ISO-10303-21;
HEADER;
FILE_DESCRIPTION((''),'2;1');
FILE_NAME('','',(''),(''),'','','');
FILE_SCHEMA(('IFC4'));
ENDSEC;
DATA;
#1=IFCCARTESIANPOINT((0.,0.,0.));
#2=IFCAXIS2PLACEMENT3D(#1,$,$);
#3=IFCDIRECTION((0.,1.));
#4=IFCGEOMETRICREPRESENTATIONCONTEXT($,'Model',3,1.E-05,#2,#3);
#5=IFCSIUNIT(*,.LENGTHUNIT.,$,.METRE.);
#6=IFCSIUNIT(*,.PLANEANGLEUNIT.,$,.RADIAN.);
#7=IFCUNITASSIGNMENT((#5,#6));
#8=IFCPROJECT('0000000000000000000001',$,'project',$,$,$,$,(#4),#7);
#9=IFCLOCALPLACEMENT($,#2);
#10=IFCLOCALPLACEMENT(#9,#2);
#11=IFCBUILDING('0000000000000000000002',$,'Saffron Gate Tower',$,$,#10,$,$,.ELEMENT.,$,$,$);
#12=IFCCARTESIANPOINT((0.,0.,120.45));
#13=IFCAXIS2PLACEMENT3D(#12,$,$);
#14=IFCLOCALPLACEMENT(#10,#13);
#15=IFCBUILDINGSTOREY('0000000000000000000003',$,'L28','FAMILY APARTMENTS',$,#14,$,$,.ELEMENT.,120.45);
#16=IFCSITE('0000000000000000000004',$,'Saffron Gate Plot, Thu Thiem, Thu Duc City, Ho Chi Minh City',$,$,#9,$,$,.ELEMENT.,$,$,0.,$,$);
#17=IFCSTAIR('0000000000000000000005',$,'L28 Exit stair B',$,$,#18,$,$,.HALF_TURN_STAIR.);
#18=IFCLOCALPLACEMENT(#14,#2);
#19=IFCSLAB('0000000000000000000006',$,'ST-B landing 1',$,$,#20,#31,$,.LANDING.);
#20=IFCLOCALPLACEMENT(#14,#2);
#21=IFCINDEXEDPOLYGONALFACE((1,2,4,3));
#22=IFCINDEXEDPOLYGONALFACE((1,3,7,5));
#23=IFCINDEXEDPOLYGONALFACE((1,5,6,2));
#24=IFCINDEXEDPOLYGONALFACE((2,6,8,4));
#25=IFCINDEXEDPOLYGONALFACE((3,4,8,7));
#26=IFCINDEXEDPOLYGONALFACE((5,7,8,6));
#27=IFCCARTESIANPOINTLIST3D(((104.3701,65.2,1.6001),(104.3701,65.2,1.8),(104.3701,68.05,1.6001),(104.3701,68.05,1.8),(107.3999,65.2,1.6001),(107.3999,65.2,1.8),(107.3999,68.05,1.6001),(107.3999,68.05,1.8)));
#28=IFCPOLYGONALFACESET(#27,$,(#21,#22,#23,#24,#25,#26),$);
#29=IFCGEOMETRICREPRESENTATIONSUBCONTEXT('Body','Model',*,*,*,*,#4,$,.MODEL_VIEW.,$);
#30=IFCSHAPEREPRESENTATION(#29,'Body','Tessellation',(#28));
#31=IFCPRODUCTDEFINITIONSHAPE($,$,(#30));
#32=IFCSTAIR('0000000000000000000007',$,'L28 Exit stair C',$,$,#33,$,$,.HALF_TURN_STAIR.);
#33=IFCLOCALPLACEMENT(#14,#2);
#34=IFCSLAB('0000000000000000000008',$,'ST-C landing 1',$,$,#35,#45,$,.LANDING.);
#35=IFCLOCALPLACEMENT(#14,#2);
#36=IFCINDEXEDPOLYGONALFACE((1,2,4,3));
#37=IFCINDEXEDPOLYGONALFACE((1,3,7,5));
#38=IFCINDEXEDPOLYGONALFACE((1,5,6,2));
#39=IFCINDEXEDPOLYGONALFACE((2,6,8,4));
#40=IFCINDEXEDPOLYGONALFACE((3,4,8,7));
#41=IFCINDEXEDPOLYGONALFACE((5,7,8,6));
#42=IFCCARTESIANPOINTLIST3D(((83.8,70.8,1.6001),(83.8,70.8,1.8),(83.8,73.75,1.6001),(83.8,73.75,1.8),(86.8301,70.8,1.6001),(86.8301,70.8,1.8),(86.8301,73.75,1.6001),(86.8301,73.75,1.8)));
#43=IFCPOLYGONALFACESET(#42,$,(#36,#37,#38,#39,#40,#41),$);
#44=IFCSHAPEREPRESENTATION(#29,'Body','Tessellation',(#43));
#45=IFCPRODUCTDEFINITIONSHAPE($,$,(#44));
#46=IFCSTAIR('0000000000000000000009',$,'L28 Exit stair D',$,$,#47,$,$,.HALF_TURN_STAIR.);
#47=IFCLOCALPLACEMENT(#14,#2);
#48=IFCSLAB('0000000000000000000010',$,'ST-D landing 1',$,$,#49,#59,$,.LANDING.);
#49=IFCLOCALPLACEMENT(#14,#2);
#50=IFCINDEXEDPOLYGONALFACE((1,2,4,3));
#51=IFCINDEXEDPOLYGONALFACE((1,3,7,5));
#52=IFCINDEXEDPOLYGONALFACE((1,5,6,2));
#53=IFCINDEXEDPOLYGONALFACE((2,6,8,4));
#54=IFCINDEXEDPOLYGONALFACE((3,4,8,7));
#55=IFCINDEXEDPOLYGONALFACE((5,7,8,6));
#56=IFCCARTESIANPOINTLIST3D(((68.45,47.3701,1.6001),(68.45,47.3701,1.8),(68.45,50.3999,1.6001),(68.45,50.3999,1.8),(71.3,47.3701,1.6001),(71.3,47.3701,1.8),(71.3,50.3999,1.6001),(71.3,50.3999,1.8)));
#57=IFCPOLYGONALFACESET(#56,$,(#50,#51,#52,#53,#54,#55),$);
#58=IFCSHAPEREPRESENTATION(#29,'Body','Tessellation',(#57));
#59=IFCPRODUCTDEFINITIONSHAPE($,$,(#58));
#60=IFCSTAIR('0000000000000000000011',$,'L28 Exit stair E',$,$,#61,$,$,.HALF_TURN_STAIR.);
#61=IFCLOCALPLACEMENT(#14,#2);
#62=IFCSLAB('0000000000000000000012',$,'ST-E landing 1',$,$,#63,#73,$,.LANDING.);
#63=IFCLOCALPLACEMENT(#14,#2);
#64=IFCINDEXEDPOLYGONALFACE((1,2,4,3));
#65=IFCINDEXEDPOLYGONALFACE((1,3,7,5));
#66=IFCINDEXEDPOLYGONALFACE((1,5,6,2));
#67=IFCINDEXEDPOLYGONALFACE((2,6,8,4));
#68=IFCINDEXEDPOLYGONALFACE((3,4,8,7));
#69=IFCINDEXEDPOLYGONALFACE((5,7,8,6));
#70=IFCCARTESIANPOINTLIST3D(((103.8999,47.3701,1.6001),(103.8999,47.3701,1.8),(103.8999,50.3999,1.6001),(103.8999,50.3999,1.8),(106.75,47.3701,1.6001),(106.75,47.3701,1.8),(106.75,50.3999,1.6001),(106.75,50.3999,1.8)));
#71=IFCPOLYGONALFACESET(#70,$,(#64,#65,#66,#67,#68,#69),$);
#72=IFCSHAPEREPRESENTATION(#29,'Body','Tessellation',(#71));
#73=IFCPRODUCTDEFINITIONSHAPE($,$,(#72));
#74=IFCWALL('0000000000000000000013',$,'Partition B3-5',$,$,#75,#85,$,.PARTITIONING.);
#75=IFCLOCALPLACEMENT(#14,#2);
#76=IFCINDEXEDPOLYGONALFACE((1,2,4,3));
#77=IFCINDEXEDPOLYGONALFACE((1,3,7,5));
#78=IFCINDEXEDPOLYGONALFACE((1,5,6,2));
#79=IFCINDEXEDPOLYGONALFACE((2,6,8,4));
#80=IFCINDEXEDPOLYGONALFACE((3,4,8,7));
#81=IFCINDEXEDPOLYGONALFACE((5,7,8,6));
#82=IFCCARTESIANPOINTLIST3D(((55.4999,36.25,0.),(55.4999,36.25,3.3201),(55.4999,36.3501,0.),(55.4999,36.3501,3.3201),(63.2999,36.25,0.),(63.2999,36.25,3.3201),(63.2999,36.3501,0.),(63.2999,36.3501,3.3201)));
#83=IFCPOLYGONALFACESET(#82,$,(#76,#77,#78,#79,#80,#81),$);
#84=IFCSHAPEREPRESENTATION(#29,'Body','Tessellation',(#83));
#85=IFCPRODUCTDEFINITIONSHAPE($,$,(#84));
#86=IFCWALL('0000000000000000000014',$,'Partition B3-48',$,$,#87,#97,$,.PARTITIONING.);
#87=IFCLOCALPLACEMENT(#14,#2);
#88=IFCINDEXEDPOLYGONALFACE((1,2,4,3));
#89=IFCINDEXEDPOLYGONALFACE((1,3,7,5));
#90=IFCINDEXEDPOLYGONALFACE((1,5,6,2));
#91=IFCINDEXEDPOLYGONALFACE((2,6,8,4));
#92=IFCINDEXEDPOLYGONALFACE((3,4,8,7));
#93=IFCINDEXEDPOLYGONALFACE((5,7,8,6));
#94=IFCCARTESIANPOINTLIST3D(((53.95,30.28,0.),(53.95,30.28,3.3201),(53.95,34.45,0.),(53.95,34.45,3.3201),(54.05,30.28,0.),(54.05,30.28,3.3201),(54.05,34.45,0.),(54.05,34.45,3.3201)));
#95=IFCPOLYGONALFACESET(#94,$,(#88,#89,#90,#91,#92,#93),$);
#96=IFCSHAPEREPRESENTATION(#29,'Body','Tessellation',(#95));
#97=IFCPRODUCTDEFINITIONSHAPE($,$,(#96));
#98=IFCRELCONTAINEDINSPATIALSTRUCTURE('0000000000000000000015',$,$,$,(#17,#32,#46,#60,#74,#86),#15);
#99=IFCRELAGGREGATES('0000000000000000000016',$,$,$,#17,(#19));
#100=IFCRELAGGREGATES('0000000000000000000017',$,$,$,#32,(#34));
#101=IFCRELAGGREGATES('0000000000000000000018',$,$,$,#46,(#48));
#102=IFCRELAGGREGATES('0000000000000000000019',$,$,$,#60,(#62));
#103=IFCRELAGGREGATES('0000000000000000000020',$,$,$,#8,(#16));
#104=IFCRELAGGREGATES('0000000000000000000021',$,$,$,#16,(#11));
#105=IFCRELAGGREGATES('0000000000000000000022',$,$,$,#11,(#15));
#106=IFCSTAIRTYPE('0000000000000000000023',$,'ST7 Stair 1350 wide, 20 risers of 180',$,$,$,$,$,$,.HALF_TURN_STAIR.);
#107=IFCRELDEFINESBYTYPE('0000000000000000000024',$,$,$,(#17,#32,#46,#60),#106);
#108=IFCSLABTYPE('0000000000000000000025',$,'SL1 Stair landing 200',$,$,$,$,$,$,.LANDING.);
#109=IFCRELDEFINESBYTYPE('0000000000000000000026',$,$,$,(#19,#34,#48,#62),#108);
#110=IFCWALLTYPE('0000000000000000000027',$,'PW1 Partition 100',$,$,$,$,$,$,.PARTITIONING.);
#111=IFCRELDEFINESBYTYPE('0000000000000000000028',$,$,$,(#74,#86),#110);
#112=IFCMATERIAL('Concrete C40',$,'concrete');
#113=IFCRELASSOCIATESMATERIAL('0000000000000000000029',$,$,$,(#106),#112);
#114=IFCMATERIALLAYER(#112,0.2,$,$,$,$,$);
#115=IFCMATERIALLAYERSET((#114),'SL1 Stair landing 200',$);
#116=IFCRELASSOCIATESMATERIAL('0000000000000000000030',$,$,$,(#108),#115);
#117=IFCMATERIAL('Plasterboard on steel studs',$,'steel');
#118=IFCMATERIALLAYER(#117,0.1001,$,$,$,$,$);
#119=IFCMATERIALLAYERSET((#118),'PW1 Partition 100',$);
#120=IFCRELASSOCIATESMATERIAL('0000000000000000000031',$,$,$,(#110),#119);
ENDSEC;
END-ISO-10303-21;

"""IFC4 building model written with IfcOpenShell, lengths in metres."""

from ifc_helpers import new_model, si_unit, direction, frame, frame_2d, origin, place, context, subcontext, project, spatial, polyline, rectangle, outline, extrude, material, layer, layer_set, type_object, element, aggregate, save


model = new_model("IFC4")

# Units and contexts
model_context = context("Model", 3, precision=1e-05, world=origin(), true_north=direction((0.0, 1.0)))
body_context = subcontext(model_context, "Body", "Model", "MODEL_VIEW")
ifc_project = project(units=[si_unit("LENGTHUNIT", "METRE"), si_unit("PLANEANGLEUNIT", "RADIAN")], contexts=[model_context])

# Site, building, storey
site_placement = place(None, origin())
site = spatial("IfcSite", under=ifc_project, at=site_placement, Name="Saffron Gate Plot, Thu Thiem, Thu Duc City, Ho Chi Minh City", CompositionType="ELEMENT", RefElevation=0.0)
building_placement = place(site_placement, origin())
building = spatial("IfcBuilding", under=site, at=building_placement, Name="Saffron Gate Tower", CompositionType="ELEMENT")
storey_placement = place(building_placement, frame((0.0, 0.0, 120.45)))
storey = spatial("IfcBuildingStorey", under=building, at=storey_placement, Name="L28", Description="FAMILY APARTMENTS", CompositionType="ELEMENT", Elevation=120.45)

# Stairs, slabs
ifc_material_1 = material(Name="Concrete C40", Category="concrete")
stair_type = type_object("IfcStairType", Name="ST7 Stair 1350 wide, 20 risers of 180", PredefinedType="HALF_TURN_STAIR", material=ifc_material_1)
stair_1_placement = place(storey_placement, origin())
stair_1 = element("IfcStair", 1, at=stair_1_placement, inside=storey, type_object=stair_type, Name="L28 Exit stair B", PredefinedType="HALF_TURN_STAIR")
ifc_layer_1 = layer(ifc_material_1, 0.2)
ifc_layer_set_1 = layer_set([ifc_layer_1], Name="SL1 Stair landing 200")
slab_type = type_object("IfcSlabType", Name="SL1 Stair landing 200", PredefinedType="LANDING", material=ifc_layer_set_1)
slab_1_placement = place(storey_placement, frame((0.0, 0.0, 1.6001)))
slab_1 = element("IfcSlab", 2, at=slab_1_placement, type_object=slab_type, Name="ST-B landing 1", PredefinedType="LANDING", context=body_context, shape_type="SweptSolid", body=[
    extrude(outline(polyline([(104.3701, 65.2), (107.3999, 65.2), (107.3999, 68.05), (104.3701, 68.05), (104.3701, 65.2)])), origin(), (0.0, 0.0, 1.0), 0.2),
])
aggregate(stair_1, [slab_1])
stair_2_placement = place(storey_placement, origin())
stair_2 = element("IfcStair", 3, at=stair_2_placement, inside=storey, type_object=stair_type, Name="L28 Exit stair C", PredefinedType="HALF_TURN_STAIR")
slab_2_placement = place(storey_placement, frame((0.0, 0.0, 1.6001)))
slab_2 = element("IfcSlab", 4, at=slab_2_placement, type_object=slab_type, Name="ST-C landing 1", PredefinedType="LANDING", context=body_context, shape_type="SweptSolid", body=[
    extrude(outline(polyline([(86.8301, 73.75), (83.8, 73.75), (83.8, 70.8), (86.8301, 70.8), (86.8301, 73.75)])), origin(), (0.0, 0.0, 1.0), 0.2),
])
aggregate(stair_2, [slab_2])
stair_3_placement = place(storey_placement, origin())
stair_3 = element("IfcStair", 5, at=stair_3_placement, inside=storey, type_object=stair_type, Name="L28 Exit stair D", PredefinedType="HALF_TURN_STAIR")
slab_3_placement = place(storey_placement, frame((0.0, 0.0, 1.6001)))
slab_3 = element("IfcSlab", 6, at=slab_3_placement, type_object=slab_type, Name="ST-D landing 1", PredefinedType="LANDING", context=body_context, shape_type="SweptSolid", body=[
    extrude(outline(polyline([(71.3, 47.3701), (71.3, 50.3999), (68.45, 50.3999), (68.45, 47.3701), (71.3, 47.3701)])), origin(), (0.0, 0.0, 1.0), 0.2),
])
aggregate(stair_3, [slab_3])
stair_4_placement = place(storey_placement, origin())
stair_4 = element("IfcStair", 7, at=stair_4_placement, inside=storey, type_object=stair_type, Name="L28 Exit stair E", PredefinedType="HALF_TURN_STAIR")
slab_4_placement = place(storey_placement, frame((0.0, 0.0, 1.6001)))
slab_4 = element("IfcSlab", 8, at=slab_4_placement, type_object=slab_type, Name="ST-E landing 1", PredefinedType="LANDING", context=body_context, shape_type="SweptSolid", body=[
    extrude(outline(polyline([(106.75, 47.3701), (106.75, 50.3999), (103.8999, 50.3999), (103.8999, 47.3701), (106.75, 47.3701)])), origin(), (0.0, 0.0, 1.0), 0.2),
])
aggregate(stair_4, [slab_4])

# Walls
ifc_material_2 = material(Name="Plasterboard on steel studs", Category="steel")
ifc_layer_2 = layer(ifc_material_2, 0.1001)
ifc_layer_set_2 = layer_set([ifc_layer_2], Name="PW1 Partition 100")
wall_type = type_object("IfcWallType", Name="PW1 Partition 100", PredefinedType="PARTITIONING", material=ifc_layer_set_2)
wall_1_placement = place(storey_placement, frame((55.5, 36.3, 0.0), z_axis=(0.0, 0.0, 1.0), x_axis=(1.0, 0.0, 0.0)))
element("IfcWall", 9, at=wall_1_placement, inside=storey, type_object=wall_type, Name="Partition B3-5", PredefinedType="PARTITIONING", context=body_context, shape_type="SweptSolid", body=[
    extrude(rectangle(XDim=7.8, YDim=0.1001, at=frame_2d((3.8999, 0.0))), origin(), (0.0, 0.0, 1.0), 3.3201),
])
wall_2_placement = place(storey_placement, frame((54.0, 34.45, 0.0), z_axis=(0.0, 0.0, 1.0), x_axis=(0.0, -1.0, 0.0)))
element("IfcWall", 10, at=wall_2_placement, inside=storey, type_object=wall_type, Name="Partition B3-48", PredefinedType="PARTITIONING", context=body_context, shape_type="SweptSolid", body=[
    extrude(rectangle(XDim=4.1699, YDim=0.1001, at=frame_2d((2.085, 0.0))), origin(), (0.0, 0.0, 1.0), 3.3201),
])

save(model, "model.ifc")
